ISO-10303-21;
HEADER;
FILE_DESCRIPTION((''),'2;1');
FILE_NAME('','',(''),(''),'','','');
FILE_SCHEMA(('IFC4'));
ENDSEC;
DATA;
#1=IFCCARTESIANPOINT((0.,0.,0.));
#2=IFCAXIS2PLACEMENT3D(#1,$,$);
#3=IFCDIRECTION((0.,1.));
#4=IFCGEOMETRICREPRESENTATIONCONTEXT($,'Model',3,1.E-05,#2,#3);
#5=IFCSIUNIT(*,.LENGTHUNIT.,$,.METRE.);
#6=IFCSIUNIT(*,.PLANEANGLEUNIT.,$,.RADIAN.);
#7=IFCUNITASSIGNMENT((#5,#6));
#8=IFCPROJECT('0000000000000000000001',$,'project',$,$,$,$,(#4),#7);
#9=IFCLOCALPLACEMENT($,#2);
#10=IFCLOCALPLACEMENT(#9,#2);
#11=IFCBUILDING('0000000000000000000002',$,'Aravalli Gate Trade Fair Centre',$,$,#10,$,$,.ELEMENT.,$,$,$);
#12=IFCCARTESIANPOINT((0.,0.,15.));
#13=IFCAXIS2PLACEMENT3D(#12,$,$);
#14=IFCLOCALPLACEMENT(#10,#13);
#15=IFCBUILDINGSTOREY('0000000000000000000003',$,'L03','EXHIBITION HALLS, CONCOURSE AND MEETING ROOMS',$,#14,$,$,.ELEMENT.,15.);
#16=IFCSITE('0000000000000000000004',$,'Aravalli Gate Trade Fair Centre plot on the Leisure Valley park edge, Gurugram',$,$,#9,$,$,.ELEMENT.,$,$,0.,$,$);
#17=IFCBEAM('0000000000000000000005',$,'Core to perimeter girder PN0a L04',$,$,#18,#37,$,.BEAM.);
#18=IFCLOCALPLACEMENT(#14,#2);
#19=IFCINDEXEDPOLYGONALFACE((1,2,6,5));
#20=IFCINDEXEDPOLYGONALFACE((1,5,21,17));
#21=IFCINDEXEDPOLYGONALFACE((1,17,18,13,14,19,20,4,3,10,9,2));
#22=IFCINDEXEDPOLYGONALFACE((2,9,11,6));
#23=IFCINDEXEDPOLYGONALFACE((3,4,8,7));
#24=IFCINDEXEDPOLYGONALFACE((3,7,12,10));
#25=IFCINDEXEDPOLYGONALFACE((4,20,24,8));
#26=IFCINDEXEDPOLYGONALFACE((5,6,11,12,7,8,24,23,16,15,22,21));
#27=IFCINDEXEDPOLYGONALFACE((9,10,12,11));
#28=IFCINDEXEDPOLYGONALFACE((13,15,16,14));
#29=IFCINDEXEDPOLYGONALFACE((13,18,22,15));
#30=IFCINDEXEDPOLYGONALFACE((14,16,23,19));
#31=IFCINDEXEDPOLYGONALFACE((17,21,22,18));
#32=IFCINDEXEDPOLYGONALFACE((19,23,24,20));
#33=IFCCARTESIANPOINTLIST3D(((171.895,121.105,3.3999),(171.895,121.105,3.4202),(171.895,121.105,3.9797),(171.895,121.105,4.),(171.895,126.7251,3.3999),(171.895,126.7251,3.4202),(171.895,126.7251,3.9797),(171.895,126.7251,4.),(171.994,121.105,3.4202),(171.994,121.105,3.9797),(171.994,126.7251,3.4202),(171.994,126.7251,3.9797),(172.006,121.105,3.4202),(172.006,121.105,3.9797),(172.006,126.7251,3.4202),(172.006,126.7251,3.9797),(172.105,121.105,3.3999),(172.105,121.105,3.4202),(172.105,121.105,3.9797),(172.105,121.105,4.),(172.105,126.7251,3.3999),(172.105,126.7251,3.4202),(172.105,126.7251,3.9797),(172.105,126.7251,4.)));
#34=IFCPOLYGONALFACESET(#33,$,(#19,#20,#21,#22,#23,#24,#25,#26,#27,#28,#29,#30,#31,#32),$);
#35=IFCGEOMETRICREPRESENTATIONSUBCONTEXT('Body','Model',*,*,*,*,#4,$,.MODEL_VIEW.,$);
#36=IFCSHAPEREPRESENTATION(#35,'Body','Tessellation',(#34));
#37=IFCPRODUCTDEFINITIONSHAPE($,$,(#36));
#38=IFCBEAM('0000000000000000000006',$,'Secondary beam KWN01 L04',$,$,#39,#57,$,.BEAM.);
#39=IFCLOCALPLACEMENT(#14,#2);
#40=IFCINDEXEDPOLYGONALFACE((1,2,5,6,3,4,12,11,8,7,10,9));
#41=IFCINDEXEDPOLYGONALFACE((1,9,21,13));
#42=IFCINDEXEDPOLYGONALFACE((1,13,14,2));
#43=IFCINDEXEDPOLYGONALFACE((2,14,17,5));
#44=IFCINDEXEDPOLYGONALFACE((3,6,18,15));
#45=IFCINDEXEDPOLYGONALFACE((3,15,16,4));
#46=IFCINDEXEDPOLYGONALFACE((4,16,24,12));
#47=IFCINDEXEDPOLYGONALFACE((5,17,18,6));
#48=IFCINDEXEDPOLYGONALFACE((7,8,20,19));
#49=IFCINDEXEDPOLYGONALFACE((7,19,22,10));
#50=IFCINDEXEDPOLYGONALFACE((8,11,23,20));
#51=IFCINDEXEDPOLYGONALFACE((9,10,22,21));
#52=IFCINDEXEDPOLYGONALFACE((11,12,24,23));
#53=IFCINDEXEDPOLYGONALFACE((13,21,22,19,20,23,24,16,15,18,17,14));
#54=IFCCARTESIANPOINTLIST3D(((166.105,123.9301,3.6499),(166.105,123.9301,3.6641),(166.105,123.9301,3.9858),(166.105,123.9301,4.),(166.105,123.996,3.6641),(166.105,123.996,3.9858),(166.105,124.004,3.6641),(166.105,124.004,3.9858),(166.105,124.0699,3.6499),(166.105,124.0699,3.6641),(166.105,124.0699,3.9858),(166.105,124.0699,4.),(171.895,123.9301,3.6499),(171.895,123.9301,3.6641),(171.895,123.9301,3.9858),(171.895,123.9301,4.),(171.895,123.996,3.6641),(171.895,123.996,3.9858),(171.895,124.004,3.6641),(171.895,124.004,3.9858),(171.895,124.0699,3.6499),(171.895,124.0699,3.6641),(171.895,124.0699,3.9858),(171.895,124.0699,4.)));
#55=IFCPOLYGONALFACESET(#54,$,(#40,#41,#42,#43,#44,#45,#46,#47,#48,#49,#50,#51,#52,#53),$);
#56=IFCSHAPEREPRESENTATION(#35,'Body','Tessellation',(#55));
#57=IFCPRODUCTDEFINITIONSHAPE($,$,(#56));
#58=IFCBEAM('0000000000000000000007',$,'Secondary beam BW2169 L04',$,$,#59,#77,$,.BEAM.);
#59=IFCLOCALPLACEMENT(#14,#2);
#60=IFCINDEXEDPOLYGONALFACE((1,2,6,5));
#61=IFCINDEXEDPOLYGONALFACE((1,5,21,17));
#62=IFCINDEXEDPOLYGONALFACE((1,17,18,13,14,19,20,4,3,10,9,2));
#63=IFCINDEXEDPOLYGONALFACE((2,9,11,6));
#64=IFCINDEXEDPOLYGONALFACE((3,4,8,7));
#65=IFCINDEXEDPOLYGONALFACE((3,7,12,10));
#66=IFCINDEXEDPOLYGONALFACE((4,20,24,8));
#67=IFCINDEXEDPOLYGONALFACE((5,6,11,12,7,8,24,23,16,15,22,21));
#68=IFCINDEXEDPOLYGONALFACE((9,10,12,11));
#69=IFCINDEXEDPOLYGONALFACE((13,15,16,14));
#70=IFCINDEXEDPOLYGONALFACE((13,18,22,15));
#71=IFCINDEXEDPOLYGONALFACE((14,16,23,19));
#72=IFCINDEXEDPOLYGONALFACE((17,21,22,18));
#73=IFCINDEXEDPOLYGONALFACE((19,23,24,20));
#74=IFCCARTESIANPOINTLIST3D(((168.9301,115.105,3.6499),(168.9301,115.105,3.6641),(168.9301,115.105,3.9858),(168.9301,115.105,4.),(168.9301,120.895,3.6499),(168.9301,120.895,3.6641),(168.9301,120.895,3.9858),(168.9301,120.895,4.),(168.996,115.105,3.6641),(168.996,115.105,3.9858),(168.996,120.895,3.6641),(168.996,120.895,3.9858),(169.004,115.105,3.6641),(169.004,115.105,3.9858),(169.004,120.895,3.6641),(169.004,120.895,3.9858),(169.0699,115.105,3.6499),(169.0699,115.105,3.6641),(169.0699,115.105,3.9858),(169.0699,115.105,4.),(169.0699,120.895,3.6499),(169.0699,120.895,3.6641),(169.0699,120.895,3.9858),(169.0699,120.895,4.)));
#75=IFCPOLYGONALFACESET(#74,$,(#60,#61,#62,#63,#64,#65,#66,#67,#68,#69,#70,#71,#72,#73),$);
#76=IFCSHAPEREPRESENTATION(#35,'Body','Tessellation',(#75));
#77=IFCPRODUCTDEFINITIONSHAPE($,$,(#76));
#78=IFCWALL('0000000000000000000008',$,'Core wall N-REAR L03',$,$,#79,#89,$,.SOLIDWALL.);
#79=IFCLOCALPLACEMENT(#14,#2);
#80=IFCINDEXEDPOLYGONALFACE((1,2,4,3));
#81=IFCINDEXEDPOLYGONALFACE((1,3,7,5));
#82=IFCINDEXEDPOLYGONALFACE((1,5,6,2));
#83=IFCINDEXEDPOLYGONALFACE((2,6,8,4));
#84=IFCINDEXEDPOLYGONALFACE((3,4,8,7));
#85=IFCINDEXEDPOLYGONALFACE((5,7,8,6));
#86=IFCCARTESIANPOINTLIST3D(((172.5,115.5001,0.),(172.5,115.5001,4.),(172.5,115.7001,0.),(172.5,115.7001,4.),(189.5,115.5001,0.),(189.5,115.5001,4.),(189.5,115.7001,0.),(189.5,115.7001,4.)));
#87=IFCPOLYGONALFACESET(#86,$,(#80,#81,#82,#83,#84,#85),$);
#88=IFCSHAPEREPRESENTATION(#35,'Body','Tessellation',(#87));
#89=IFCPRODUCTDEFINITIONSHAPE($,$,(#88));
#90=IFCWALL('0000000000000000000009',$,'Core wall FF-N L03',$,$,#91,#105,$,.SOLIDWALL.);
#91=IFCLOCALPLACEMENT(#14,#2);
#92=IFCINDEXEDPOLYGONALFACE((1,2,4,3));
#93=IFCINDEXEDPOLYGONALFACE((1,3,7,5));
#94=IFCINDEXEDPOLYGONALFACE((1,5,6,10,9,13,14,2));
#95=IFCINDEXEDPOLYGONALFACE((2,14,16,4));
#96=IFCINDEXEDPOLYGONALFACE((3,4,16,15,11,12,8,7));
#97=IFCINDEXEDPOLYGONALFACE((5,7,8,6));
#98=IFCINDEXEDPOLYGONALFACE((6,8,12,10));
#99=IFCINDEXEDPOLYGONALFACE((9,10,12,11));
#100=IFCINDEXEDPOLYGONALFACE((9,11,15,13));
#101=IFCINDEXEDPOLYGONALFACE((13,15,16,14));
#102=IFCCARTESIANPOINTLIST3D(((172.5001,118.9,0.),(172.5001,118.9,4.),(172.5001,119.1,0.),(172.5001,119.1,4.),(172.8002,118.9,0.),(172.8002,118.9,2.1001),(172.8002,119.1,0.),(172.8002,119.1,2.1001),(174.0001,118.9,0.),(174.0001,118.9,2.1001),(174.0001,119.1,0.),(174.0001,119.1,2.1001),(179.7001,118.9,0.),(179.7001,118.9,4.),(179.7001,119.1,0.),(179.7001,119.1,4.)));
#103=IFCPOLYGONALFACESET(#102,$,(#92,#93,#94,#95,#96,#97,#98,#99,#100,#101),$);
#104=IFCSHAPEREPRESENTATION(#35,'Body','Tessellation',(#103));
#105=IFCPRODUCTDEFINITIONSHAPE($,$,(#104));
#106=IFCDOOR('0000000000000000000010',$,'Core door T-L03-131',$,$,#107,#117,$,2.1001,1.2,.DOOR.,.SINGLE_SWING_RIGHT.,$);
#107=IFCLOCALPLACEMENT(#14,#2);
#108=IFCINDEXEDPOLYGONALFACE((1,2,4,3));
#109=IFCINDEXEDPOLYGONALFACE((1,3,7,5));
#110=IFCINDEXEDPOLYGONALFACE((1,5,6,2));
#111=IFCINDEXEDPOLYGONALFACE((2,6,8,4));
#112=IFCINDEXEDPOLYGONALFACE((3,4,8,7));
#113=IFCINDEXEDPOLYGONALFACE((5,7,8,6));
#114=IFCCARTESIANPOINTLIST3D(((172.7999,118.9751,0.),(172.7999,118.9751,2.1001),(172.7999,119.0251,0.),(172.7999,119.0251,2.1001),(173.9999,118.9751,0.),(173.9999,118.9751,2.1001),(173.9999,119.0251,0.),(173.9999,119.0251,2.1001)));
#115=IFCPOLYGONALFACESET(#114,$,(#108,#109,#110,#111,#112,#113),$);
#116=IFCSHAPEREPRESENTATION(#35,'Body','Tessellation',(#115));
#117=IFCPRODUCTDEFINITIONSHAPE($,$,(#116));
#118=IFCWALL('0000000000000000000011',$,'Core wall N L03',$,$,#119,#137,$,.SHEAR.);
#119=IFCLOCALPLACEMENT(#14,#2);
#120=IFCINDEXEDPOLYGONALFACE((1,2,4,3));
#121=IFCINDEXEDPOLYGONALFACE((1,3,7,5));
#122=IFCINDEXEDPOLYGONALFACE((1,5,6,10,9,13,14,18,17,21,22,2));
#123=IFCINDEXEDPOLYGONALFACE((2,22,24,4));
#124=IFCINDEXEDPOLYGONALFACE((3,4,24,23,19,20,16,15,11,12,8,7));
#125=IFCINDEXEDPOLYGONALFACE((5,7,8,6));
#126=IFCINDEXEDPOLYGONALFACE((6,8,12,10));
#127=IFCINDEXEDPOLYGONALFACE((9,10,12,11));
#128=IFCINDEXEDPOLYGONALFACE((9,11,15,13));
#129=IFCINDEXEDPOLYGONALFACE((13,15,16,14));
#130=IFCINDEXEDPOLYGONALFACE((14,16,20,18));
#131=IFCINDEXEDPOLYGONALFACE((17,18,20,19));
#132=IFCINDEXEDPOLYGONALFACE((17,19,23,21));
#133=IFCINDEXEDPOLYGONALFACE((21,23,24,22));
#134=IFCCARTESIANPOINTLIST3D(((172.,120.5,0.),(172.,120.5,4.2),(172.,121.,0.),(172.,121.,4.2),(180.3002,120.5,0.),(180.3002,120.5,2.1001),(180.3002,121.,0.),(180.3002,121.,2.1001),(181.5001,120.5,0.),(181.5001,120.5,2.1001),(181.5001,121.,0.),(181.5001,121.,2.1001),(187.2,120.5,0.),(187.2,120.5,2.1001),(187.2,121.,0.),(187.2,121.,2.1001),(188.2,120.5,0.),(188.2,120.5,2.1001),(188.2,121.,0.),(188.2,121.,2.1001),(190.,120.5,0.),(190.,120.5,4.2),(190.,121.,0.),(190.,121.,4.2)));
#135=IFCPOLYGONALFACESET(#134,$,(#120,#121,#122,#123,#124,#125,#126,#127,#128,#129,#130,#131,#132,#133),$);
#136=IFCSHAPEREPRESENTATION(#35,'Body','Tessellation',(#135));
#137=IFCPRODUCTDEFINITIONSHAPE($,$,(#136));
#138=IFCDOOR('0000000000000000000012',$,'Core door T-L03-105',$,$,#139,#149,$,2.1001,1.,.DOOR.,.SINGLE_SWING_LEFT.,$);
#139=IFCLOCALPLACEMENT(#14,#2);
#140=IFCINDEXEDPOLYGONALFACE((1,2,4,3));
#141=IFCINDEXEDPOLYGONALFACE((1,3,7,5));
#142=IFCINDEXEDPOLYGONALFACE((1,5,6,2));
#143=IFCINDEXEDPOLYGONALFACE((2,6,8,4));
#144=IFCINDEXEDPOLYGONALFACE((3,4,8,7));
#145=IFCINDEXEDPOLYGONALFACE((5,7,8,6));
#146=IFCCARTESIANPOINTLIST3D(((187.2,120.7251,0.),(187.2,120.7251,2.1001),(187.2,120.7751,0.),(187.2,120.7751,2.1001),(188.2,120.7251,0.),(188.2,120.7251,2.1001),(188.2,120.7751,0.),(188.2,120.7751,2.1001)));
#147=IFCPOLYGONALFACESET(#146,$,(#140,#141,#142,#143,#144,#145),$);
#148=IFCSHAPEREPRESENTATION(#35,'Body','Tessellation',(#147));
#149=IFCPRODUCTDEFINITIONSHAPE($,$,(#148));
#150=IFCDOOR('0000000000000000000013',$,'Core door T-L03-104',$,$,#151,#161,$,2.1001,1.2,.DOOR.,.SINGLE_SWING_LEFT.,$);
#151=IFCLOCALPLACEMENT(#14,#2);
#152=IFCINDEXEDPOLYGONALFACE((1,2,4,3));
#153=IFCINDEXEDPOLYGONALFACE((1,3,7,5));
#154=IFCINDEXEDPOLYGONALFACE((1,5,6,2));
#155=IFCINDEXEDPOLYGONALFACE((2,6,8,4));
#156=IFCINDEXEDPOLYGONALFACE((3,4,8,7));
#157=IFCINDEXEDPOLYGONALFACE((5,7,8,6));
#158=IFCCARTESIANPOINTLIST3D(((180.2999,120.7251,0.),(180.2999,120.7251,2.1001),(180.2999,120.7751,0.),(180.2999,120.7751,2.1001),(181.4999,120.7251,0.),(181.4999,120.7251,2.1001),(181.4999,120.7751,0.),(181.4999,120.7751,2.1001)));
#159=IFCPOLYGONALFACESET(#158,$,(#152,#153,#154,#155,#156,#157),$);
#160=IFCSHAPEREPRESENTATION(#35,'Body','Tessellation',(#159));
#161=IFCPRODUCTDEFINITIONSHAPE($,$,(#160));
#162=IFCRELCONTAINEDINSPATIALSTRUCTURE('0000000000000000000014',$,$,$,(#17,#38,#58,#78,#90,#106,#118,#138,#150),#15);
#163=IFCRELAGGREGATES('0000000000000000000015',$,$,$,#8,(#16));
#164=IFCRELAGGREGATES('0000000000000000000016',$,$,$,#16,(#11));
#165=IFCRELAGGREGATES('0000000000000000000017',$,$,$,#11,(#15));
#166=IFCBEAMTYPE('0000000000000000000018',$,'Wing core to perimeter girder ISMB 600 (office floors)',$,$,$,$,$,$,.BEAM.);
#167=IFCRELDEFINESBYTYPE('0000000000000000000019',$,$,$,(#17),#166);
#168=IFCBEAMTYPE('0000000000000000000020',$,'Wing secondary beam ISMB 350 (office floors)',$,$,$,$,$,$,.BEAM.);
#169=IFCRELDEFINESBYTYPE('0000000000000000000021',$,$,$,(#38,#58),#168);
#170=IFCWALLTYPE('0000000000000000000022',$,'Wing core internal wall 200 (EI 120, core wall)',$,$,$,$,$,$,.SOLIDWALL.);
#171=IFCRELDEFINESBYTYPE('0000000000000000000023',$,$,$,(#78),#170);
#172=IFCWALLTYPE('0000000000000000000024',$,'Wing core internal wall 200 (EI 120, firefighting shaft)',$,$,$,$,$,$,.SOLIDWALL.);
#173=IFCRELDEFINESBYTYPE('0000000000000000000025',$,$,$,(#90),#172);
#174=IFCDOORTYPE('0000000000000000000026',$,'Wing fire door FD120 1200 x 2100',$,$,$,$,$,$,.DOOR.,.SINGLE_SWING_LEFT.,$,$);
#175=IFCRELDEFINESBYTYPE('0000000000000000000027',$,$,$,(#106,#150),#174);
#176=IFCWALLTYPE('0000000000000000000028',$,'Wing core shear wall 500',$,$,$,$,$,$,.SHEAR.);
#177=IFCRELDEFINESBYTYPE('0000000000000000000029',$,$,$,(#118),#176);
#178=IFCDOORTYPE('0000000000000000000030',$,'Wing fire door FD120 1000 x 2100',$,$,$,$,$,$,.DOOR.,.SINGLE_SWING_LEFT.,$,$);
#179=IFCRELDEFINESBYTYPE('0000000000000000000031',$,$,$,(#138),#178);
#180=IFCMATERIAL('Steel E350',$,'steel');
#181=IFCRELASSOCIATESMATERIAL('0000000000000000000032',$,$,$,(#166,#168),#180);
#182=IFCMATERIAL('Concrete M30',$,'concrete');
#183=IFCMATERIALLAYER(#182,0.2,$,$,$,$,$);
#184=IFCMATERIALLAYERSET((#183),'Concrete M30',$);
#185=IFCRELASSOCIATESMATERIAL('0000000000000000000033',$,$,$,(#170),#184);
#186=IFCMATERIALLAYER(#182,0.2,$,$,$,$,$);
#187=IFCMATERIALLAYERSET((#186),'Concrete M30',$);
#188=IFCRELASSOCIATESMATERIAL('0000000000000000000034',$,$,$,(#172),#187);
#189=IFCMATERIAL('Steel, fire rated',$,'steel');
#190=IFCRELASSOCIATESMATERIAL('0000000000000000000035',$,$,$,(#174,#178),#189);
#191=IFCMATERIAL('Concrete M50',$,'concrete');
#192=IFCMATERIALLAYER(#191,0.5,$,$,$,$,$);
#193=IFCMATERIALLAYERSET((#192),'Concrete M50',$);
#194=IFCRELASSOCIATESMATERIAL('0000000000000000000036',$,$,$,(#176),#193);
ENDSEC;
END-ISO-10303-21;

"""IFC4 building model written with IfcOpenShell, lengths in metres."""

from ifc_helpers import new_model, si_unit, direction, frame, frame_2d, origin, origin_2d, place, context, subcontext, project, spatial, rectangle, i_section, extrude, material, layer, layer_set, material_profile, profile_set, type_object, element, fill, save


model = new_model("IFC4")

# Units and contexts
model_context = context("Model", 3, precision=1e-05, world=origin(), true_north=direction((0.0, 1.0)))
body_context = subcontext(model_context, "Body", "Model", "MODEL_VIEW")
ifc_project = project(units=[si_unit("LENGTHUNIT", "METRE"), si_unit("PLANEANGLEUNIT", "RADIAN")], contexts=[model_context])

# Site, building, storey
site_placement = place(None, origin())
site = spatial("IfcSite", under=ifc_project, at=site_placement, Name="Aravalli Gate Trade Fair Centre plot on the Leisure Valley park edge, Gurugram", CompositionType="ELEMENT", RefElevation=0.0)
building_placement = place(site_placement, origin())
building = spatial("IfcBuilding", under=site, at=building_placement, Name="Aravalli Gate Trade Fair Centre", CompositionType="ELEMENT")
storey_placement = place(building_placement, frame((0.0, 0.0, 15.0)))
storey = spatial("IfcBuildingStorey", under=building, at=storey_placement, Name="L03", Description="EXHIBITION HALLS, CONCOURSE AND MEETING ROOMS", CompositionType="ELEMENT", Elevation=15.0)

# Beams
ifc_material_1 = material(Name="Steel E350", Category="steel")
ifc_material_profile_1 = material_profile(ifc_material_1, i_section(OverallWidth=0.21, OverallDepth=0.6001, WebThickness=0.012, FlangeThickness=0.0203, at=origin_2d()), Name="ISMB 600")
ifc_profile_set_1 = profile_set([ifc_material_profile_1], Name="Steel E350")
beam_type_1 = type_object("IfcBeamType", Name="Wing core to perimeter girder ISMB 600 (office floors)", PredefinedType="BEAM", material=ifc_profile_set_1)
beam_placement = place(storey_placement, frame((172.0, 121.105, 3.7), z_axis=(0.0, 1.0, 0.0), x_axis=(-1.0, 0.0, 0.0)))
element("IfcBeam", 1, at=beam_placement, inside=storey, type_object=beam_type_1, Name="Core to perimeter girder PN0a L04", PredefinedType="BEAM", context=body_context, shape_type="SweptSolid", body=[
    extrude(i_section(OverallWidth=0.21, OverallDepth=0.6001, WebThickness=0.012, FlangeThickness=0.0203, at=origin_2d()), origin(), (0.0, 0.0, 1.0), 5.6201),
])
ifc_material_profile_2 = material_profile(ifc_material_1, i_section(OverallWidth=0.1399, OverallDepth=0.3501, WebThickness=0.0081, FlangeThickness=0.0142, at=origin_2d()), Name="ISMB 350")
ifc_profile_set_2 = profile_set([ifc_material_profile_2], Name="Steel E350")
beam_type_2 = type_object("IfcBeamType", Name="Wing secondary beam ISMB 350 (office floors)", PredefinedType="BEAM", material=ifc_profile_set_2)
for number, where, z_axis, x_axis, name in (
    (2, (166.105, 124.0, 3.825), (1.0, 0.0, 0.0), (0.0, 1.0, 0.0), "Secondary beam KWN01 L04"),
    (3, (169.0, 115.105, 3.825), (0.0, 1.0, 0.0), (-1.0, 0.0, 0.0), "Secondary beam BW2169 L04"),
):
    element("IfcBeam", number, at=place(storey_placement, frame(where, z_axis=z_axis, x_axis=x_axis)), inside=storey, type_object=beam_type_2, Name=name, PredefinedType="BEAM", context=body_context, shape_type="SweptSolid", body=[
        extrude(i_section(OverallWidth=0.1399, OverallDepth=0.3501, WebThickness=0.0081, FlangeThickness=0.0142, at=origin_2d()), origin(), (0.0, 0.0, 1.0), 5.79),
    ])

# Wall
ifc_material_2 = material(Name="Concrete M30", Category="concrete")
ifc_layer_1 = layer(ifc_material_2, 0.2)
ifc_layer_set_1 = layer_set([ifc_layer_1], Name="Concrete M30")
wall_type_1 = type_object("IfcWallType", Name="Wing core internal wall 200 (EI 120, core wall)", PredefinedType="SOLIDWALL", material=ifc_layer_set_1)
wall_1_placement = place(storey_placement, frame((172.5, 115.6001, 0.0), z_axis=(0.0, 0.0, 1.0), x_axis=(1.0, 0.0, 0.0)))
element("IfcWall", 4, at=wall_1_placement, inside=storey, type_object=wall_type_1, Name="Core wall N-REAR L03", PredefinedType="SOLIDWALL", context=body_context, shape_type="SweptSolid", body=[
    extrude(rectangle(XDim=17.0, YDim=0.2, at=frame_2d((8.5, 0.0))), origin(), (0.0, 0.0, 1.0), 4.0),
])

# Wall, opening, door
ifc_layer_2 = layer(ifc_material_2, 0.2)
ifc_layer_set_2 = layer_set([ifc_layer_2], Name="Concrete M30")
wall_type_2 = type_object("IfcWallType", Name="Wing core internal wall 200 (EI 120, firefighting shaft)", PredefinedType="SOLIDWALL", material=ifc_layer_set_2)
wall_2_placement = place(storey_placement, frame((172.5, 119.0, 0.0), z_axis=(0.0, 0.0, 1.0), x_axis=(1.0, 0.0, 0.0)))
wall_2 = element("IfcWall", 5, at=wall_2_placement, inside=storey, type_object=wall_type_2, Name="Core wall FF-N L03", PredefinedType="SOLIDWALL", context=body_context, shape_type="SweptSolid", body=[
    extrude(rectangle(XDim=7.2, YDim=0.2, at=frame_2d((3.6001, 0.0))), origin(), (0.0, 0.0, 1.0), 4.0),
])
opening_1_placement = place(wall_2_placement, frame((0.3, 0.0, 0.0)))
opening_1 = element("IfcOpeningElement", 6, at=opening_1_placement, cuts=wall_2, PredefinedType="OPENING", context=body_context, shape_type="SweptSolid", body=[
    extrude(rectangle(XDim=1.2, YDim=2.1001, at=frame_2d((0.6001, 1.05))), frame((0.0, 0.1099, 0.0), z_axis=(0.0, -1.0, 0.0), x_axis=(1.0, 0.0, 0.0)), (0.0, 0.0, 1.0), 0.22),
])
ifc_material_3 = material(Name="Steel, fire rated", Category="steel")
door_type_1 = type_object("IfcDoorType", Name="Wing fire door FD120 1200 x 2100", OperationType="SINGLE_SWING_LEFT", PredefinedType="DOOR", material=ifc_material_3)
door_1_placement = place(opening_1_placement, frame((1.2, 0.0, 0.0), z_axis=(0.0, 0.0, 1.0), x_axis=(-1.0, 0.0, 0.0)))
door_1 = element("IfcDoor", 7, at=door_1_placement, inside=storey, type_object=door_type_1, Name="Core door T-L03-131", OperationType="SINGLE_SWING_RIGHT", OverallHeight=2.1001, OverallWidth=1.2, PredefinedType="DOOR", context=body_context, shape_type="SweptSolid", body=[
    extrude(rectangle(XDim=1.2, YDim=2.1001, at=frame_2d((0.6001, 1.05))), frame((0.0, 0.0249, 0.0), z_axis=(0.0, -1.0, 0.0), x_axis=(1.0, 0.0, 0.0)), (0.0, 0.0, 1.0), 0.05),
])
fill(opening_1, door_1)

# Wall, openings, doors
ifc_material_4 = material(Name="Concrete M50", Category="concrete")
ifc_layer_3 = layer(ifc_material_4, 0.5)
ifc_layer_set_3 = layer_set([ifc_layer_3], Name="Concrete M50")
wall_type_3 = type_object("IfcWallType", Name="Wing core shear wall 500", PredefinedType="SHEAR", material=ifc_layer_set_3)
wall_3_placement = place(storey_placement, frame((172.0, 120.75, 0.0), z_axis=(0.0, 0.0, 1.0), x_axis=(1.0, 0.0, 0.0)))
wall_3 = element("IfcWall", 8, at=wall_3_placement, inside=storey, type_object=wall_type_3, Name="Core wall N L03", PredefinedType="SHEAR", context=body_context, shape_type="SweptSolid", body=[
    extrude(rectangle(XDim=18.0, YDim=0.5, at=frame_2d((9.0, 0.0))), origin(), (0.0, 0.0, 1.0), 4.2),
])
opening_2_placement = place(wall_3_placement, frame((8.3, 0.0, 0.0)))
opening_2 = element("IfcOpeningElement", 9, at=opening_2_placement, cuts=wall_3, PredefinedType="OPENING", context=body_context, shape_type="SweptSolid", body=[
    extrude(rectangle(XDim=1.2, YDim=2.1001, at=frame_2d((0.6001, 1.05))), frame((0.0, 0.26, 0.0), z_axis=(0.0, -1.0, 0.0), x_axis=(1.0, 0.0, 0.0)), (0.0, 0.0, 1.0), 0.52),
])
opening_3_placement = place(wall_3_placement, frame((15.2, 0.0, 0.0)))
opening_3 = element("IfcOpeningElement", 10, at=opening_3_placement, cuts=wall_3, PredefinedType="OPENING", context=body_context, shape_type="SweptSolid", body=[
    extrude(rectangle(XDim=1.0, YDim=2.1001, at=frame_2d((0.5, 1.05))), frame((0.0, 0.26, 0.0), z_axis=(0.0, -1.0, 0.0), x_axis=(1.0, 0.0, 0.0)), (0.0, 0.0, 1.0), 0.52),
])
door_type_2 = type_object("IfcDoorType", Name="Wing fire door FD120 1000 x 2100", OperationType="SINGLE_SWING_LEFT", PredefinedType="DOOR", material=ifc_material_3)
door_2_placement = place(opening_3_placement, frame((1.0, 0.0, 0.0), z_axis=(0.0, 0.0, 1.0), x_axis=(-1.0, 0.0, 0.0)))
door_2 = element("IfcDoor", 11, at=door_2_placement, inside=storey, type_object=door_type_2, Name="Core door T-L03-105", OperationType="SINGLE_SWING_LEFT", OverallHeight=2.1001, OverallWidth=1.0, PredefinedType="DOOR", context=body_context, shape_type="SweptSolid", body=[
    extrude(rectangle(XDim=1.0, YDim=2.1001, at=frame_2d((0.5, 1.05))), frame((0.0, 0.0249, 0.0), z_axis=(0.0, -1.0, 0.0), x_axis=(1.0, 0.0, 0.0)), (0.0, 0.0, 1.0), 0.05),
])
fill(opening_3, door_2)
door_3_placement = place(opening_2_placement, frame((1.2, 0.0, 0.0), z_axis=(0.0, 0.0, 1.0), x_axis=(-1.0, 0.0, 0.0)))
door_3 = element("IfcDoor", 12, at=door_3_placement, inside=storey, type_object=door_type_1, Name="Core door T-L03-104", OperationType="SINGLE_SWING_LEFT", OverallHeight=2.1001, OverallWidth=1.2, PredefinedType="DOOR", context=body_context, shape_type="SweptSolid", body=[
    extrude(rectangle(XDim=1.2, YDim=2.1001, at=frame_2d((0.6001, 1.05))), frame((0.0, 0.0249, 0.0), z_axis=(0.0, -1.0, 0.0), x_axis=(1.0, 0.0, 0.0)), (0.0, 0.0, 1.0), 0.05),
])
fill(opening_2, door_3)

save(model, "model.ifc")
